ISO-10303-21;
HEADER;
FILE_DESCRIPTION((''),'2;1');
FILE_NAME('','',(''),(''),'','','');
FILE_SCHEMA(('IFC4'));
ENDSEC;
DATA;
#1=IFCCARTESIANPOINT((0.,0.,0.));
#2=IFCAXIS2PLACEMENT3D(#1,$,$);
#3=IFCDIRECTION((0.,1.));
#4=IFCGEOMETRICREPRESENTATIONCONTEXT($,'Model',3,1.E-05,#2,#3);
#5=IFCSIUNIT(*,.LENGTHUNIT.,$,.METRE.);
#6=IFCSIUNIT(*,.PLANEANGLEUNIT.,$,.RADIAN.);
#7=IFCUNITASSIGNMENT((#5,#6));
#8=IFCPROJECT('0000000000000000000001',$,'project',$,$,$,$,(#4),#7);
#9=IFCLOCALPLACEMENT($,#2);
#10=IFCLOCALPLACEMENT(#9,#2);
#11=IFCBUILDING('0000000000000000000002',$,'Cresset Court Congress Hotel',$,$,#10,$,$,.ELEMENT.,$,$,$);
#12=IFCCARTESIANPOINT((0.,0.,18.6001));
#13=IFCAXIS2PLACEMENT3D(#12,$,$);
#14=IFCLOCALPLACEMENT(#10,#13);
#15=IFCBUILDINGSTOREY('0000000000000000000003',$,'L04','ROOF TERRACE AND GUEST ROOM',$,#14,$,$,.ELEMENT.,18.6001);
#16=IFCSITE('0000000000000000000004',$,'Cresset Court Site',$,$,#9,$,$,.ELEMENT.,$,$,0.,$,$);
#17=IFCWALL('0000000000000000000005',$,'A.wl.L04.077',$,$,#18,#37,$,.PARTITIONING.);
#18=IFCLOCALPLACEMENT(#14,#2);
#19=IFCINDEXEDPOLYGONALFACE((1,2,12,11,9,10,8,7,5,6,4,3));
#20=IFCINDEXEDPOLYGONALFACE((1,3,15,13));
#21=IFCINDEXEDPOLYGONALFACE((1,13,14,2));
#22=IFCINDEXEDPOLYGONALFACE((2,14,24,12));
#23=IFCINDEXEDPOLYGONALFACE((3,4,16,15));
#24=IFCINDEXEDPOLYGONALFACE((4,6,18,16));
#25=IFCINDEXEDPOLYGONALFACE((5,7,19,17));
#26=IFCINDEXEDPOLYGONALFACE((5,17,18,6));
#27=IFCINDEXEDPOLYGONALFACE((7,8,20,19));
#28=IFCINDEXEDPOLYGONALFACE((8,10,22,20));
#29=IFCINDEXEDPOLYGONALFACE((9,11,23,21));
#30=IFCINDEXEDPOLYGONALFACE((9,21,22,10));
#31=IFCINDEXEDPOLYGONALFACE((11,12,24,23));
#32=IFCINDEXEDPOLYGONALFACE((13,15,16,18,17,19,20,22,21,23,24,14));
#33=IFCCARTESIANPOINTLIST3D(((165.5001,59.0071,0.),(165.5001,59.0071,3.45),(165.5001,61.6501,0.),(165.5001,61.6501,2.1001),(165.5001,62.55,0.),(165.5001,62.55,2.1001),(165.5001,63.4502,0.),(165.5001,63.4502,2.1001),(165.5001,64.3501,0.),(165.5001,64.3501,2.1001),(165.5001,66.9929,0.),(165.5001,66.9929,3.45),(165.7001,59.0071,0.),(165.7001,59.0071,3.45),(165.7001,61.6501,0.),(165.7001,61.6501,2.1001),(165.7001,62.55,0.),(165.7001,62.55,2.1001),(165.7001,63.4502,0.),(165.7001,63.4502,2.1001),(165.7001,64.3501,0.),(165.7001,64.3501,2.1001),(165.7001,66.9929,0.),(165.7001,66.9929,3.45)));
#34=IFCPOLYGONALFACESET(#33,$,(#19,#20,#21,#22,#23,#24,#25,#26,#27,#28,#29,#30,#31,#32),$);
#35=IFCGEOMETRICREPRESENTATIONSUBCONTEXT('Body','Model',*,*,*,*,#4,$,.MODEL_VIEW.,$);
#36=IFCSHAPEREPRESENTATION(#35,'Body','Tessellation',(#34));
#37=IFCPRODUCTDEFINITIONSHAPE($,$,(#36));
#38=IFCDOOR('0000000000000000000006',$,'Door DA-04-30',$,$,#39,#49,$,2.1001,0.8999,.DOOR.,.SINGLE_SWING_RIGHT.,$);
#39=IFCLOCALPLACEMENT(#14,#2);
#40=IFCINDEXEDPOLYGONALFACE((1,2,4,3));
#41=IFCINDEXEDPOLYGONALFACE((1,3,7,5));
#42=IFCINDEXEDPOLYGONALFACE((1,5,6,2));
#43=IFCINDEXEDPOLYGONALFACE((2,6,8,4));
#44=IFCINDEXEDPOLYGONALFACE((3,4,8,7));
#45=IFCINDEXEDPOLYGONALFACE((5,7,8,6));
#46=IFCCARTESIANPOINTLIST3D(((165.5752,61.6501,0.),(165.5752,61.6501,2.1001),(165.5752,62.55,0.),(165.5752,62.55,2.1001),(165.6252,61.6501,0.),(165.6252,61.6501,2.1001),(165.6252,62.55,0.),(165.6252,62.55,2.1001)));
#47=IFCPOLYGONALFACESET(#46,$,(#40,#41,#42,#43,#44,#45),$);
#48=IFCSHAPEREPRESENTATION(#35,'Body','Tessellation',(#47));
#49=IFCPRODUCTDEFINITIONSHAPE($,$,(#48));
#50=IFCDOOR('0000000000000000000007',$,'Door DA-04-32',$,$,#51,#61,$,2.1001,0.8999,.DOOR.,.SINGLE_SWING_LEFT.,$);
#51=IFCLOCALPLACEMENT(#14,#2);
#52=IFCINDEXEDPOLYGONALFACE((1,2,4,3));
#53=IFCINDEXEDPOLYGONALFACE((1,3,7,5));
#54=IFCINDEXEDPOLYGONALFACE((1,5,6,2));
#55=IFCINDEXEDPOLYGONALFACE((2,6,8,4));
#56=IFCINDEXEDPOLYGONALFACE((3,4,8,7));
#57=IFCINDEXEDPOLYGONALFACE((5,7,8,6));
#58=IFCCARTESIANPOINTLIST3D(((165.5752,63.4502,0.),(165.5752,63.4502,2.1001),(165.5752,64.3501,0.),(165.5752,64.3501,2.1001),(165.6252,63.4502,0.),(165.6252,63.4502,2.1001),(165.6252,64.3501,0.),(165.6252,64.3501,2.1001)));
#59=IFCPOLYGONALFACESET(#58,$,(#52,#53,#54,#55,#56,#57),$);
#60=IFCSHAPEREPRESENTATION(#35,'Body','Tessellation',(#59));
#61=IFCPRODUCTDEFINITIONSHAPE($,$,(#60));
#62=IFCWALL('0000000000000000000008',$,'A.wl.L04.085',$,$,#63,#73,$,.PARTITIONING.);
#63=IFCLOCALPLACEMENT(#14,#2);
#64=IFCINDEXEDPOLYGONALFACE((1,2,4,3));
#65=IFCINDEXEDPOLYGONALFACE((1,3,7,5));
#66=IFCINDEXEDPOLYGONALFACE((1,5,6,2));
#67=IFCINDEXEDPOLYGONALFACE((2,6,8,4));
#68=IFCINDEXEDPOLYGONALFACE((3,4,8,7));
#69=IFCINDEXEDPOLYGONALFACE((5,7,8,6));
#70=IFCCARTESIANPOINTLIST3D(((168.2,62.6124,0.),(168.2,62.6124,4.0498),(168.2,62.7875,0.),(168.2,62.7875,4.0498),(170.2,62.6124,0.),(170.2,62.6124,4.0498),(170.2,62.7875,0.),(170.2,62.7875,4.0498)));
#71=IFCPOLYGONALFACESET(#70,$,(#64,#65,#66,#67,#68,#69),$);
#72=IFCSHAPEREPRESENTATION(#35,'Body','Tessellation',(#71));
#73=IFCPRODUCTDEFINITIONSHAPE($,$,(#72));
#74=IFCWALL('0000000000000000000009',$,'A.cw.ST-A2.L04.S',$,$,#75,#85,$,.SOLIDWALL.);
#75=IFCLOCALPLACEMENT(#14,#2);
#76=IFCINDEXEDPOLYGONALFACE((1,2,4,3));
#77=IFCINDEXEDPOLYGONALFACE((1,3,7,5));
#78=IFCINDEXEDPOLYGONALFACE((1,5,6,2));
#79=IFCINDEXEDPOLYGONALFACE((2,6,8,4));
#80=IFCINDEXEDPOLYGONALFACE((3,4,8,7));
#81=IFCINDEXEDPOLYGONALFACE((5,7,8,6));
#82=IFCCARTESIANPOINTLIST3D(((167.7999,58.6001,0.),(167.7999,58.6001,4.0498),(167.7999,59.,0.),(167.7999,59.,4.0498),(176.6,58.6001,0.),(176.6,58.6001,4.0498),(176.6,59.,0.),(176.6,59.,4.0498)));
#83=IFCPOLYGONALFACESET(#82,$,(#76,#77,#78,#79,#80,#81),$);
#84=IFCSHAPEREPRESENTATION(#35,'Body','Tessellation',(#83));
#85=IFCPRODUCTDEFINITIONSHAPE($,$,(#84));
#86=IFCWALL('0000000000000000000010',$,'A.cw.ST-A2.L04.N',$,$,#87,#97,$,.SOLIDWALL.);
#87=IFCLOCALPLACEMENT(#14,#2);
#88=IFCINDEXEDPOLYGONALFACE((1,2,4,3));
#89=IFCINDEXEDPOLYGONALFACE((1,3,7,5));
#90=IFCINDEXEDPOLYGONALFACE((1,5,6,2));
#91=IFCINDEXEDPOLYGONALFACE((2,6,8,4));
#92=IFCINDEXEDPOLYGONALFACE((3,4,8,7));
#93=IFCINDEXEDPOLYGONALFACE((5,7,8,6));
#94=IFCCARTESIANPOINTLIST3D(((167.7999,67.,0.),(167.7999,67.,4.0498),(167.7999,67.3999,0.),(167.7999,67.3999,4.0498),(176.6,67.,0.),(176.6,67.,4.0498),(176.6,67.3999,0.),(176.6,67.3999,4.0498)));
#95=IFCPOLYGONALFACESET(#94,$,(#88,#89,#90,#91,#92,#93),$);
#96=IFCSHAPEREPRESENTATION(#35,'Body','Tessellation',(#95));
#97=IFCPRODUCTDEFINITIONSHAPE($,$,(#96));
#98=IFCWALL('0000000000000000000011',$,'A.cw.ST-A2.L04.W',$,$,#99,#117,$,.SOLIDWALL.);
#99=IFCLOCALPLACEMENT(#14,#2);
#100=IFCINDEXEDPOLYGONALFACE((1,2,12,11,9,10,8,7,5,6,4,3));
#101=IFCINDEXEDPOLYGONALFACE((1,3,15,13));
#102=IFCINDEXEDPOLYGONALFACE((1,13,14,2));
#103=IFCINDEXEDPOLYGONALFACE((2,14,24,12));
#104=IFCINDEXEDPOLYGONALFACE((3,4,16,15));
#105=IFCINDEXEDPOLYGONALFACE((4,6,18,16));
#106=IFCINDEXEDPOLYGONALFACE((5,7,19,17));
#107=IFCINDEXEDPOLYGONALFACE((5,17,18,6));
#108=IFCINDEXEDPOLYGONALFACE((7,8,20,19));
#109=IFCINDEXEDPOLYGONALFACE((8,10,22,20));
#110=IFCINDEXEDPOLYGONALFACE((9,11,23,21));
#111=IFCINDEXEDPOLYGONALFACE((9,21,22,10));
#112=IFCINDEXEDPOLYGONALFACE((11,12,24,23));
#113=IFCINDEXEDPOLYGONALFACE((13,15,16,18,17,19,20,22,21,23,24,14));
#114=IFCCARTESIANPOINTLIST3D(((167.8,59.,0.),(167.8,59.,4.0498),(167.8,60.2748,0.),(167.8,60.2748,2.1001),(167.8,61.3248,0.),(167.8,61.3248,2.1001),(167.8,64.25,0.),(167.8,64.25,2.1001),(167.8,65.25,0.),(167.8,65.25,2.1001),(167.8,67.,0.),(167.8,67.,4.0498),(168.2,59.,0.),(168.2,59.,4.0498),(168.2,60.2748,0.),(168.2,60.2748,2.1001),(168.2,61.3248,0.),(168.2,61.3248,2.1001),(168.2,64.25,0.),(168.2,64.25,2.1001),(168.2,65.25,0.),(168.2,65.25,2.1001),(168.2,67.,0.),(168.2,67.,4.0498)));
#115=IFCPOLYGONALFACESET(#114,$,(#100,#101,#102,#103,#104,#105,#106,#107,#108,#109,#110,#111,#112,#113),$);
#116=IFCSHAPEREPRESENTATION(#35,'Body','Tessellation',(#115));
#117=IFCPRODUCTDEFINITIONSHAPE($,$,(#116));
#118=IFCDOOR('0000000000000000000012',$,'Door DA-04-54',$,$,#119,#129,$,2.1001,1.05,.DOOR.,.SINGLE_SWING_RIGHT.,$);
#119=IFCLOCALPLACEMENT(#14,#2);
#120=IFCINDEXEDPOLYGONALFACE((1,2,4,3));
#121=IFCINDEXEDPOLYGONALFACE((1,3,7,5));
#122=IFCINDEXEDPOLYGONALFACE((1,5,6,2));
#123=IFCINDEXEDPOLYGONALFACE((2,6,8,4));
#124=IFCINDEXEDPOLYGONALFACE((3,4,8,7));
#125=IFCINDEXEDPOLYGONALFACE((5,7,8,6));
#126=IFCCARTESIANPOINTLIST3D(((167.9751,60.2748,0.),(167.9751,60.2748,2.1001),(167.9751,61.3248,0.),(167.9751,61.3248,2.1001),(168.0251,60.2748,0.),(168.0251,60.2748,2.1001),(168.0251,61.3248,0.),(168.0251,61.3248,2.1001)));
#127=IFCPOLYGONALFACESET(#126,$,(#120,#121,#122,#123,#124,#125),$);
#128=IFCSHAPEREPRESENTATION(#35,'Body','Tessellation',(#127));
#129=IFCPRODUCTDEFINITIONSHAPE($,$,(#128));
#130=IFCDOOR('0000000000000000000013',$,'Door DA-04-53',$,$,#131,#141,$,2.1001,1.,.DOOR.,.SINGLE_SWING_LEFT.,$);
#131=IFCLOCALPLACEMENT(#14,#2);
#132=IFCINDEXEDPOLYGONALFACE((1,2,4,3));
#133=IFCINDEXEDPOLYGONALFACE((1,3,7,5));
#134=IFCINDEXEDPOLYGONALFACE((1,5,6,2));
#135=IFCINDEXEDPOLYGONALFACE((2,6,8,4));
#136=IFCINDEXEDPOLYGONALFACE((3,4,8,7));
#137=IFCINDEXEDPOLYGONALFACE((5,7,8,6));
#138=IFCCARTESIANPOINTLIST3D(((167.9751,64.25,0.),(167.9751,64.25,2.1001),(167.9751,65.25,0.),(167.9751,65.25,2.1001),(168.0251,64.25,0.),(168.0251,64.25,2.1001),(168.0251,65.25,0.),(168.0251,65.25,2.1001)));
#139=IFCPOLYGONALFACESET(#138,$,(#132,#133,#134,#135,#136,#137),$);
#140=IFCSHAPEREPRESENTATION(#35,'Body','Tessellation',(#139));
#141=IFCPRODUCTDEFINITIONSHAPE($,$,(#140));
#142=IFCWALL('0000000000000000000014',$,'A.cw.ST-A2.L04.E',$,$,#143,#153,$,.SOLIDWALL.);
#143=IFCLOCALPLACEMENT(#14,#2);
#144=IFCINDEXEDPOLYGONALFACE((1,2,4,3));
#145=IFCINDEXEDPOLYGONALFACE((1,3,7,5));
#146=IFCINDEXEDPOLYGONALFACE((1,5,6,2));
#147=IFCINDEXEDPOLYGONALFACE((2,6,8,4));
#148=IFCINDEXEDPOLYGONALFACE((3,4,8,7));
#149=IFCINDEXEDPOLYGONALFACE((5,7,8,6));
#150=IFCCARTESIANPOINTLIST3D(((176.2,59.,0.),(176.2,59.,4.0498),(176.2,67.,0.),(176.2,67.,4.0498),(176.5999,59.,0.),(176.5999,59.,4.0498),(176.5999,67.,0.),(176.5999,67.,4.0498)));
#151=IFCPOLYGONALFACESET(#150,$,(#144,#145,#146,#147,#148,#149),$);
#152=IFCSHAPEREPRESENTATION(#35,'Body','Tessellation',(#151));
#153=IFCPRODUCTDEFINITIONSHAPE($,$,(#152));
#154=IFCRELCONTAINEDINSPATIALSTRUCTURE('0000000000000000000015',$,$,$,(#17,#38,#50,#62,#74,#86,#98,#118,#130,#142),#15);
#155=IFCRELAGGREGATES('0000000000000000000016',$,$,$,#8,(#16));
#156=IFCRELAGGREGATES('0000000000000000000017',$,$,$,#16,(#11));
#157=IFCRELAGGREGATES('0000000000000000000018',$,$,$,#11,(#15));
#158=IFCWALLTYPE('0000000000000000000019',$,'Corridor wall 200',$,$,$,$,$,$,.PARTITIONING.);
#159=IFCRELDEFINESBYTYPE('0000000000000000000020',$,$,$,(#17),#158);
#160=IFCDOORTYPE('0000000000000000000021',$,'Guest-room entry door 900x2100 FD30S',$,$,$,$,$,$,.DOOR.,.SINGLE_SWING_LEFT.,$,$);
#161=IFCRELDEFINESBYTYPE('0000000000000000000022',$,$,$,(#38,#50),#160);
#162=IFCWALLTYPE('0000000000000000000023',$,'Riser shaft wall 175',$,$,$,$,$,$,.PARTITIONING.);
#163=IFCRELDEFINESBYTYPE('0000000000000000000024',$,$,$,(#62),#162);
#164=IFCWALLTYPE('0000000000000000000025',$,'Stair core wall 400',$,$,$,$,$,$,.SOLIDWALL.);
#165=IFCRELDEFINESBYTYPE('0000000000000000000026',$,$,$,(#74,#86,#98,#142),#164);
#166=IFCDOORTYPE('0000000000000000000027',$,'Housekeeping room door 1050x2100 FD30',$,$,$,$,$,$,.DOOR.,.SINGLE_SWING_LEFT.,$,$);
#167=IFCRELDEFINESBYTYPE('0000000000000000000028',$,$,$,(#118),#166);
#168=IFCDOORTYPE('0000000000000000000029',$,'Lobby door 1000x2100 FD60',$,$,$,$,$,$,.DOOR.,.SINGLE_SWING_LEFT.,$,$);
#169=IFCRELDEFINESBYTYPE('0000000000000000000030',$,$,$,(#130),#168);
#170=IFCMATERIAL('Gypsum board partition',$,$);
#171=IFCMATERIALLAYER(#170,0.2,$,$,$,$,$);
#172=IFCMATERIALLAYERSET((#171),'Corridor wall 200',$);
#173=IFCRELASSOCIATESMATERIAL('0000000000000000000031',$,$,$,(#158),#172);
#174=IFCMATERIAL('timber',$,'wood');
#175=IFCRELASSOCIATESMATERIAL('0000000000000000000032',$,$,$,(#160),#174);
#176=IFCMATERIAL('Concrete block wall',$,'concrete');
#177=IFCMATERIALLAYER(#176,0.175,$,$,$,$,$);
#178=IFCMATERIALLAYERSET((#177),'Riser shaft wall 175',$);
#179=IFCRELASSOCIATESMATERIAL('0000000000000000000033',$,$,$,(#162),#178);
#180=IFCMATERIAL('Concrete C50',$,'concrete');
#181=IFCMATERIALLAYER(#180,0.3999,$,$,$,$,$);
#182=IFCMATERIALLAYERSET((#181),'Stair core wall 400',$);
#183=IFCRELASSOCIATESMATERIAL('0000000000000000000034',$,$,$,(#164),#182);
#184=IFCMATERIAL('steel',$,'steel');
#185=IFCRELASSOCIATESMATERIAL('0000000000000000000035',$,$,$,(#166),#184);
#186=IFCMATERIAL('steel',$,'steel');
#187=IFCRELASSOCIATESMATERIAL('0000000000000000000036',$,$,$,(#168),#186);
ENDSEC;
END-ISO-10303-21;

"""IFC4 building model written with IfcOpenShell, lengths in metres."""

from ifc_helpers import new_model, si_unit, direction, frame, frame_2d, origin, place, context, subcontext, project, spatial, rectangle, extrude, material, layer, layer_set, type_object, element, fill, save


model = new_model("IFC4")

# Units and contexts
model_context = context("Model", 3, precision=1e-05, world=origin(), true_north=direction((0.0, 1.0)))
body_context = subcontext(model_context, "Body", "Model", "MODEL_VIEW")
ifc_project = project(units=[si_unit("LENGTHUNIT", "METRE"), si_unit("PLANEANGLEUNIT", "RADIAN")], contexts=[model_context])

# Site, building, storey
site_placement = place(None, origin())
site = spatial("IfcSite", under=ifc_project, at=site_placement, Name="Cresset Court Site", CompositionType="ELEMENT", RefElevation=0.0)
building_placement = place(site_placement, origin())
building = spatial("IfcBuilding", under=site, at=building_placement, Name="Cresset Court Congress Hotel", CompositionType="ELEMENT")
storey_placement = place(building_placement, frame((0.0, 0.0, 18.6001)))
storey = spatial("IfcBuildingStorey", under=building, at=storey_placement, Name="L04", Description="ROOF TERRACE AND GUEST ROOM", CompositionType="ELEMENT", Elevation=18.6001)

# Wall, openings, doors
ifc_material_1 = material(Name="Gypsum board partition")
ifc_layer_1 = layer(ifc_material_1, 0.2)
ifc_layer_set_1 = layer_set([ifc_layer_1], Name="Corridor wall 200")
wall_type_1 = type_object("IfcWallType", Name="Corridor wall 200", PredefinedType="PARTITIONING", material=ifc_layer_set_1)
wall_1_placement = place(storey_placement, frame((165.6001, 59.0071, 0.0), z_axis=(0.0, 0.0, 1.0), x_axis=(0.0, 1.0, 0.0)))
wall_1 = element("IfcWall", 1, at=wall_1_placement, inside=storey, type_object=wall_type_1, Name="A.wl.L04.077", PredefinedType="PARTITIONING", context=body_context, shape_type="SweptSolid", body=[
    extrude(rectangle(XDim=7.9858, YDim=0.2, at=frame_2d((3.9929, 0.0))), origin(), (0.0, 0.0, 1.0), 3.45),
])
opening_1_placement = place(wall_1_placement, frame((2.6431, 0.0, 0.0)))
opening_1 = element("IfcOpeningElement", 2, at=opening_1_placement, cuts=wall_1, PredefinedType="OPENING", context=body_context, shape_type="SweptSolid", body=[
    extrude(rectangle(XDim=0.8999, YDim=2.1001, at=frame_2d((0.45, 1.05))), frame((0.0, 0.1099, 0.0), z_axis=(0.0, -1.0, 0.0), x_axis=(1.0, 0.0, 0.0)), (0.0, 0.0, 1.0), 0.22),
])
opening_2_placement = place(wall_1_placement, frame((4.4431, 0.0, 0.0)))
opening_2 = element("IfcOpeningElement", 3, at=opening_2_placement, cuts=wall_1, PredefinedType="OPENING", context=body_context, shape_type="SweptSolid", body=[
    extrude(rectangle(XDim=0.8999, YDim=2.1001, at=frame_2d((0.45, 1.05))), frame((0.0, 0.1099, 0.0), z_axis=(0.0, -1.0, 0.0), x_axis=(1.0, 0.0, 0.0)), (0.0, 0.0, 1.0), 0.22),
])
ifc_material_2 = material(Name="timber", Category="wood")
door_type_1 = type_object("IfcDoorType", Name="Guest-room entry door 900x2100 FD30S", OperationType="SINGLE_SWING_LEFT", PredefinedType="DOOR", material=ifc_material_2)
door_1_placement = place(opening_1_placement, origin())
door_1 = element("IfcDoor", 4, at=door_1_placement, inside=storey, type_object=door_type_1, Name="Door DA-04-30", OperationType="SINGLE_SWING_RIGHT", OverallHeight=2.1001, OverallWidth=0.8999, PredefinedType="DOOR", context=body_context, shape_type="SweptSolid", body=[
    extrude(rectangle(XDim=0.8999, YDim=2.1001, at=frame_2d((0.45, 1.05))), frame((0.0, 0.0249, 0.0), z_axis=(0.0, -1.0, 0.0), x_axis=(1.0, 0.0, 0.0)), (0.0, 0.0, 1.0), 0.05),
])
fill(opening_1, door_1)
door_2_placement = place(opening_2_placement, origin())
door_2 = element("IfcDoor", 5, at=door_2_placement, inside=storey, type_object=door_type_1, Name="Door DA-04-32", OperationType="SINGLE_SWING_LEFT", OverallHeight=2.1001, OverallWidth=0.8999, PredefinedType="DOOR", context=body_context, shape_type="SweptSolid", body=[
    extrude(rectangle(XDim=0.8999, YDim=2.1001, at=frame_2d((0.45, 1.05))), frame((0.0, 0.0249, 0.0), z_axis=(0.0, -1.0, 0.0), x_axis=(1.0, 0.0, 0.0)), (0.0, 0.0, 1.0), 0.05),
])
fill(opening_2, door_2)

# Walls
ifc_material_3 = material(Name="Concrete block wall", Category="concrete")
ifc_layer_2 = layer(ifc_material_3, 0.175)
ifc_layer_set_2 = layer_set([ifc_layer_2], Name="Riser shaft wall 175")
wall_type_2 = type_object("IfcWallType", Name="Riser shaft wall 175", PredefinedType="PARTITIONING", material=ifc_layer_set_2)
wall_2_placement = place(storey_placement, frame((168.2, 62.7, 0.0), z_axis=(0.0, 0.0, 1.0), x_axis=(1.0, 0.0, 0.0)))
element("IfcWall", 6, at=wall_2_placement, inside=storey, type_object=wall_type_2, Name="A.wl.L04.085", PredefinedType="PARTITIONING", context=body_context, shape_type="SweptSolid", body=[
    extrude(rectangle(XDim=2.0, YDim=0.175, at=frame_2d((1.0, 0.0))), origin(), (0.0, 0.0, 1.0), 4.0498),
])
ifc_material_4 = material(Name="Concrete C50", Category="concrete")
ifc_layer_3 = layer(ifc_material_4, 0.3999)
ifc_layer_set_3 = layer_set([ifc_layer_3], Name="Stair core wall 400")
wall_type_3 = type_object("IfcWallType", Name="Stair core wall 400", PredefinedType="SOLIDWALL", material=ifc_layer_set_3)
for number, where, z_axis, x_axis, name in (
    (7, (167.8, 58.8, 0.0), (0.0, 0.0, 1.0), (1.0, 0.0, 0.0), "A.cw.ST-A2.L04.S"),
    (8, (167.8, 67.2, 0.0), (0.0, 0.0, 1.0), (1.0, 0.0, 0.0), "A.cw.ST-A2.L04.N"),
):
    element("IfcWall", number, at=place(storey_placement, frame(where, z_axis=z_axis, x_axis=x_axis)), inside=storey, type_object=wall_type_3, Name=name, PredefinedType="SOLIDWALL", context=body_context, shape_type="SweptSolid", body=[
        extrude(rectangle(XDim=8.8, YDim=0.3999, at=frame_2d((4.3999, 0.0))), origin(), (0.0, 0.0, 1.0), 4.0498),
    ])

# Wall, openings, doors
wall_3_placement = place(storey_placement, frame((168.0, 59.0, 0.0), z_axis=(0.0, 0.0, 1.0), x_axis=(0.0, 1.0, 0.0)))
wall_3 = element("IfcWall", 9, at=wall_3_placement, inside=storey, type_object=wall_type_3, Name="A.cw.ST-A2.L04.W", PredefinedType="SOLIDWALL", context=body_context, shape_type="SweptSolid", body=[
    extrude(rectangle(XDim=8.0, YDim=0.3999, at=frame_2d((4.0, 0.0))), origin(), (0.0, 0.0, 1.0), 4.0498),
])
opening_3_placement = place(wall_3_placement, frame((5.25, 0.0, 0.0)))
opening_3 = element("IfcOpeningElement", 10, at=opening_3_placement, cuts=wall_3, PredefinedType="OPENING", context=body_context, shape_type="SweptSolid", body=[
    extrude(rectangle(XDim=1.0, YDim=2.1001, at=frame_2d((0.5, 1.05))), frame((0.0, 0.21, 0.0), z_axis=(0.0, -1.0, 0.0), x_axis=(1.0, 0.0, 0.0)), (0.0, 0.0, 1.0), 0.4199),
])
opening_4_placement = place(wall_3_placement, frame((1.2749, 0.0, 0.0)))
opening_4 = element("IfcOpeningElement", 11, at=opening_4_placement, cuts=wall_3, PredefinedType="OPENING", context=body_context, shape_type="SweptSolid", body=[
    extrude(rectangle(XDim=1.05, YDim=2.1001, at=frame_2d((0.5249, 1.05))), frame((0.0, 0.21, 0.0), z_axis=(0.0, -1.0, 0.0), x_axis=(1.0, 0.0, 0.0)), (0.0, 0.0, 1.0), 0.4199),
])
ifc_material_5 = material(Name="steel", Category="steel")
door_type_2 = type_object("IfcDoorType", Name="Housekeeping room door 1050x2100 FD30", OperationType="SINGLE_SWING_LEFT", PredefinedType="DOOR", material=ifc_material_5)
door_3_placement = place(opening_4_placement, origin())
door_3 = element("IfcDoor", 12, at=door_3_placement, inside=storey, type_object=door_type_2, Name="Door DA-04-54", OperationType="SINGLE_SWING_RIGHT", OverallHeight=2.1001, OverallWidth=1.05, PredefinedType="DOOR", context=body_context, shape_type="SweptSolid", body=[
    extrude(rectangle(XDim=1.05, YDim=2.1001, at=frame_2d((0.5249, 1.05))), frame((0.0, 0.0249, 0.0), z_axis=(0.0, -1.0, 0.0), x_axis=(1.0, 0.0, 0.0)), (0.0, 0.0, 1.0), 0.05),
])
fill(opening_4, door_3)
ifc_material_6 = material(Name="steel", Category="steel")
door_type_3 = type_object("IfcDoorType", Name="Lobby door 1000x2100 FD60", OperationType="SINGLE_SWING_LEFT", PredefinedType="DOOR", material=ifc_material_6)
door_4_placement = place(opening_3_placement, origin())
door_4 = element("IfcDoor", 13, at=door_4_placement, inside=storey, type_object=door_type_3, Name="Door DA-04-53", OperationType="SINGLE_SWING_LEFT", OverallHeight=2.1001, OverallWidth=1.0, PredefinedType="DOOR", context=body_context, shape_type="SweptSolid", body=[
    extrude(rectangle(XDim=1.0, YDim=2.1001, at=frame_2d((0.5, 1.05))), frame((0.0, 0.0249, 0.0), z_axis=(0.0, -1.0, 0.0), x_axis=(1.0, 0.0, 0.0)), (0.0, 0.0, 1.0), 0.05),
])
fill(opening_3, door_4)

# Wall
wall_4_placement = place(storey_placement, frame((176.3999, 59.0, 0.0), z_axis=(0.0, 0.0, 1.0), x_axis=(0.0, 1.0, 0.0)))
element("IfcWall", 14, at=wall_4_placement, inside=storey, type_object=wall_type_3, Name="A.cw.ST-A2.L04.E", PredefinedType="SOLIDWALL", context=body_context, shape_type="SweptSolid", body=[
    extrude(rectangle(XDim=8.0, YDim=0.3999, at=frame_2d((4.0, 0.0))), origin(), (0.0, 0.0, 1.0), 4.0498),
])

save(model, "model.ifc")
